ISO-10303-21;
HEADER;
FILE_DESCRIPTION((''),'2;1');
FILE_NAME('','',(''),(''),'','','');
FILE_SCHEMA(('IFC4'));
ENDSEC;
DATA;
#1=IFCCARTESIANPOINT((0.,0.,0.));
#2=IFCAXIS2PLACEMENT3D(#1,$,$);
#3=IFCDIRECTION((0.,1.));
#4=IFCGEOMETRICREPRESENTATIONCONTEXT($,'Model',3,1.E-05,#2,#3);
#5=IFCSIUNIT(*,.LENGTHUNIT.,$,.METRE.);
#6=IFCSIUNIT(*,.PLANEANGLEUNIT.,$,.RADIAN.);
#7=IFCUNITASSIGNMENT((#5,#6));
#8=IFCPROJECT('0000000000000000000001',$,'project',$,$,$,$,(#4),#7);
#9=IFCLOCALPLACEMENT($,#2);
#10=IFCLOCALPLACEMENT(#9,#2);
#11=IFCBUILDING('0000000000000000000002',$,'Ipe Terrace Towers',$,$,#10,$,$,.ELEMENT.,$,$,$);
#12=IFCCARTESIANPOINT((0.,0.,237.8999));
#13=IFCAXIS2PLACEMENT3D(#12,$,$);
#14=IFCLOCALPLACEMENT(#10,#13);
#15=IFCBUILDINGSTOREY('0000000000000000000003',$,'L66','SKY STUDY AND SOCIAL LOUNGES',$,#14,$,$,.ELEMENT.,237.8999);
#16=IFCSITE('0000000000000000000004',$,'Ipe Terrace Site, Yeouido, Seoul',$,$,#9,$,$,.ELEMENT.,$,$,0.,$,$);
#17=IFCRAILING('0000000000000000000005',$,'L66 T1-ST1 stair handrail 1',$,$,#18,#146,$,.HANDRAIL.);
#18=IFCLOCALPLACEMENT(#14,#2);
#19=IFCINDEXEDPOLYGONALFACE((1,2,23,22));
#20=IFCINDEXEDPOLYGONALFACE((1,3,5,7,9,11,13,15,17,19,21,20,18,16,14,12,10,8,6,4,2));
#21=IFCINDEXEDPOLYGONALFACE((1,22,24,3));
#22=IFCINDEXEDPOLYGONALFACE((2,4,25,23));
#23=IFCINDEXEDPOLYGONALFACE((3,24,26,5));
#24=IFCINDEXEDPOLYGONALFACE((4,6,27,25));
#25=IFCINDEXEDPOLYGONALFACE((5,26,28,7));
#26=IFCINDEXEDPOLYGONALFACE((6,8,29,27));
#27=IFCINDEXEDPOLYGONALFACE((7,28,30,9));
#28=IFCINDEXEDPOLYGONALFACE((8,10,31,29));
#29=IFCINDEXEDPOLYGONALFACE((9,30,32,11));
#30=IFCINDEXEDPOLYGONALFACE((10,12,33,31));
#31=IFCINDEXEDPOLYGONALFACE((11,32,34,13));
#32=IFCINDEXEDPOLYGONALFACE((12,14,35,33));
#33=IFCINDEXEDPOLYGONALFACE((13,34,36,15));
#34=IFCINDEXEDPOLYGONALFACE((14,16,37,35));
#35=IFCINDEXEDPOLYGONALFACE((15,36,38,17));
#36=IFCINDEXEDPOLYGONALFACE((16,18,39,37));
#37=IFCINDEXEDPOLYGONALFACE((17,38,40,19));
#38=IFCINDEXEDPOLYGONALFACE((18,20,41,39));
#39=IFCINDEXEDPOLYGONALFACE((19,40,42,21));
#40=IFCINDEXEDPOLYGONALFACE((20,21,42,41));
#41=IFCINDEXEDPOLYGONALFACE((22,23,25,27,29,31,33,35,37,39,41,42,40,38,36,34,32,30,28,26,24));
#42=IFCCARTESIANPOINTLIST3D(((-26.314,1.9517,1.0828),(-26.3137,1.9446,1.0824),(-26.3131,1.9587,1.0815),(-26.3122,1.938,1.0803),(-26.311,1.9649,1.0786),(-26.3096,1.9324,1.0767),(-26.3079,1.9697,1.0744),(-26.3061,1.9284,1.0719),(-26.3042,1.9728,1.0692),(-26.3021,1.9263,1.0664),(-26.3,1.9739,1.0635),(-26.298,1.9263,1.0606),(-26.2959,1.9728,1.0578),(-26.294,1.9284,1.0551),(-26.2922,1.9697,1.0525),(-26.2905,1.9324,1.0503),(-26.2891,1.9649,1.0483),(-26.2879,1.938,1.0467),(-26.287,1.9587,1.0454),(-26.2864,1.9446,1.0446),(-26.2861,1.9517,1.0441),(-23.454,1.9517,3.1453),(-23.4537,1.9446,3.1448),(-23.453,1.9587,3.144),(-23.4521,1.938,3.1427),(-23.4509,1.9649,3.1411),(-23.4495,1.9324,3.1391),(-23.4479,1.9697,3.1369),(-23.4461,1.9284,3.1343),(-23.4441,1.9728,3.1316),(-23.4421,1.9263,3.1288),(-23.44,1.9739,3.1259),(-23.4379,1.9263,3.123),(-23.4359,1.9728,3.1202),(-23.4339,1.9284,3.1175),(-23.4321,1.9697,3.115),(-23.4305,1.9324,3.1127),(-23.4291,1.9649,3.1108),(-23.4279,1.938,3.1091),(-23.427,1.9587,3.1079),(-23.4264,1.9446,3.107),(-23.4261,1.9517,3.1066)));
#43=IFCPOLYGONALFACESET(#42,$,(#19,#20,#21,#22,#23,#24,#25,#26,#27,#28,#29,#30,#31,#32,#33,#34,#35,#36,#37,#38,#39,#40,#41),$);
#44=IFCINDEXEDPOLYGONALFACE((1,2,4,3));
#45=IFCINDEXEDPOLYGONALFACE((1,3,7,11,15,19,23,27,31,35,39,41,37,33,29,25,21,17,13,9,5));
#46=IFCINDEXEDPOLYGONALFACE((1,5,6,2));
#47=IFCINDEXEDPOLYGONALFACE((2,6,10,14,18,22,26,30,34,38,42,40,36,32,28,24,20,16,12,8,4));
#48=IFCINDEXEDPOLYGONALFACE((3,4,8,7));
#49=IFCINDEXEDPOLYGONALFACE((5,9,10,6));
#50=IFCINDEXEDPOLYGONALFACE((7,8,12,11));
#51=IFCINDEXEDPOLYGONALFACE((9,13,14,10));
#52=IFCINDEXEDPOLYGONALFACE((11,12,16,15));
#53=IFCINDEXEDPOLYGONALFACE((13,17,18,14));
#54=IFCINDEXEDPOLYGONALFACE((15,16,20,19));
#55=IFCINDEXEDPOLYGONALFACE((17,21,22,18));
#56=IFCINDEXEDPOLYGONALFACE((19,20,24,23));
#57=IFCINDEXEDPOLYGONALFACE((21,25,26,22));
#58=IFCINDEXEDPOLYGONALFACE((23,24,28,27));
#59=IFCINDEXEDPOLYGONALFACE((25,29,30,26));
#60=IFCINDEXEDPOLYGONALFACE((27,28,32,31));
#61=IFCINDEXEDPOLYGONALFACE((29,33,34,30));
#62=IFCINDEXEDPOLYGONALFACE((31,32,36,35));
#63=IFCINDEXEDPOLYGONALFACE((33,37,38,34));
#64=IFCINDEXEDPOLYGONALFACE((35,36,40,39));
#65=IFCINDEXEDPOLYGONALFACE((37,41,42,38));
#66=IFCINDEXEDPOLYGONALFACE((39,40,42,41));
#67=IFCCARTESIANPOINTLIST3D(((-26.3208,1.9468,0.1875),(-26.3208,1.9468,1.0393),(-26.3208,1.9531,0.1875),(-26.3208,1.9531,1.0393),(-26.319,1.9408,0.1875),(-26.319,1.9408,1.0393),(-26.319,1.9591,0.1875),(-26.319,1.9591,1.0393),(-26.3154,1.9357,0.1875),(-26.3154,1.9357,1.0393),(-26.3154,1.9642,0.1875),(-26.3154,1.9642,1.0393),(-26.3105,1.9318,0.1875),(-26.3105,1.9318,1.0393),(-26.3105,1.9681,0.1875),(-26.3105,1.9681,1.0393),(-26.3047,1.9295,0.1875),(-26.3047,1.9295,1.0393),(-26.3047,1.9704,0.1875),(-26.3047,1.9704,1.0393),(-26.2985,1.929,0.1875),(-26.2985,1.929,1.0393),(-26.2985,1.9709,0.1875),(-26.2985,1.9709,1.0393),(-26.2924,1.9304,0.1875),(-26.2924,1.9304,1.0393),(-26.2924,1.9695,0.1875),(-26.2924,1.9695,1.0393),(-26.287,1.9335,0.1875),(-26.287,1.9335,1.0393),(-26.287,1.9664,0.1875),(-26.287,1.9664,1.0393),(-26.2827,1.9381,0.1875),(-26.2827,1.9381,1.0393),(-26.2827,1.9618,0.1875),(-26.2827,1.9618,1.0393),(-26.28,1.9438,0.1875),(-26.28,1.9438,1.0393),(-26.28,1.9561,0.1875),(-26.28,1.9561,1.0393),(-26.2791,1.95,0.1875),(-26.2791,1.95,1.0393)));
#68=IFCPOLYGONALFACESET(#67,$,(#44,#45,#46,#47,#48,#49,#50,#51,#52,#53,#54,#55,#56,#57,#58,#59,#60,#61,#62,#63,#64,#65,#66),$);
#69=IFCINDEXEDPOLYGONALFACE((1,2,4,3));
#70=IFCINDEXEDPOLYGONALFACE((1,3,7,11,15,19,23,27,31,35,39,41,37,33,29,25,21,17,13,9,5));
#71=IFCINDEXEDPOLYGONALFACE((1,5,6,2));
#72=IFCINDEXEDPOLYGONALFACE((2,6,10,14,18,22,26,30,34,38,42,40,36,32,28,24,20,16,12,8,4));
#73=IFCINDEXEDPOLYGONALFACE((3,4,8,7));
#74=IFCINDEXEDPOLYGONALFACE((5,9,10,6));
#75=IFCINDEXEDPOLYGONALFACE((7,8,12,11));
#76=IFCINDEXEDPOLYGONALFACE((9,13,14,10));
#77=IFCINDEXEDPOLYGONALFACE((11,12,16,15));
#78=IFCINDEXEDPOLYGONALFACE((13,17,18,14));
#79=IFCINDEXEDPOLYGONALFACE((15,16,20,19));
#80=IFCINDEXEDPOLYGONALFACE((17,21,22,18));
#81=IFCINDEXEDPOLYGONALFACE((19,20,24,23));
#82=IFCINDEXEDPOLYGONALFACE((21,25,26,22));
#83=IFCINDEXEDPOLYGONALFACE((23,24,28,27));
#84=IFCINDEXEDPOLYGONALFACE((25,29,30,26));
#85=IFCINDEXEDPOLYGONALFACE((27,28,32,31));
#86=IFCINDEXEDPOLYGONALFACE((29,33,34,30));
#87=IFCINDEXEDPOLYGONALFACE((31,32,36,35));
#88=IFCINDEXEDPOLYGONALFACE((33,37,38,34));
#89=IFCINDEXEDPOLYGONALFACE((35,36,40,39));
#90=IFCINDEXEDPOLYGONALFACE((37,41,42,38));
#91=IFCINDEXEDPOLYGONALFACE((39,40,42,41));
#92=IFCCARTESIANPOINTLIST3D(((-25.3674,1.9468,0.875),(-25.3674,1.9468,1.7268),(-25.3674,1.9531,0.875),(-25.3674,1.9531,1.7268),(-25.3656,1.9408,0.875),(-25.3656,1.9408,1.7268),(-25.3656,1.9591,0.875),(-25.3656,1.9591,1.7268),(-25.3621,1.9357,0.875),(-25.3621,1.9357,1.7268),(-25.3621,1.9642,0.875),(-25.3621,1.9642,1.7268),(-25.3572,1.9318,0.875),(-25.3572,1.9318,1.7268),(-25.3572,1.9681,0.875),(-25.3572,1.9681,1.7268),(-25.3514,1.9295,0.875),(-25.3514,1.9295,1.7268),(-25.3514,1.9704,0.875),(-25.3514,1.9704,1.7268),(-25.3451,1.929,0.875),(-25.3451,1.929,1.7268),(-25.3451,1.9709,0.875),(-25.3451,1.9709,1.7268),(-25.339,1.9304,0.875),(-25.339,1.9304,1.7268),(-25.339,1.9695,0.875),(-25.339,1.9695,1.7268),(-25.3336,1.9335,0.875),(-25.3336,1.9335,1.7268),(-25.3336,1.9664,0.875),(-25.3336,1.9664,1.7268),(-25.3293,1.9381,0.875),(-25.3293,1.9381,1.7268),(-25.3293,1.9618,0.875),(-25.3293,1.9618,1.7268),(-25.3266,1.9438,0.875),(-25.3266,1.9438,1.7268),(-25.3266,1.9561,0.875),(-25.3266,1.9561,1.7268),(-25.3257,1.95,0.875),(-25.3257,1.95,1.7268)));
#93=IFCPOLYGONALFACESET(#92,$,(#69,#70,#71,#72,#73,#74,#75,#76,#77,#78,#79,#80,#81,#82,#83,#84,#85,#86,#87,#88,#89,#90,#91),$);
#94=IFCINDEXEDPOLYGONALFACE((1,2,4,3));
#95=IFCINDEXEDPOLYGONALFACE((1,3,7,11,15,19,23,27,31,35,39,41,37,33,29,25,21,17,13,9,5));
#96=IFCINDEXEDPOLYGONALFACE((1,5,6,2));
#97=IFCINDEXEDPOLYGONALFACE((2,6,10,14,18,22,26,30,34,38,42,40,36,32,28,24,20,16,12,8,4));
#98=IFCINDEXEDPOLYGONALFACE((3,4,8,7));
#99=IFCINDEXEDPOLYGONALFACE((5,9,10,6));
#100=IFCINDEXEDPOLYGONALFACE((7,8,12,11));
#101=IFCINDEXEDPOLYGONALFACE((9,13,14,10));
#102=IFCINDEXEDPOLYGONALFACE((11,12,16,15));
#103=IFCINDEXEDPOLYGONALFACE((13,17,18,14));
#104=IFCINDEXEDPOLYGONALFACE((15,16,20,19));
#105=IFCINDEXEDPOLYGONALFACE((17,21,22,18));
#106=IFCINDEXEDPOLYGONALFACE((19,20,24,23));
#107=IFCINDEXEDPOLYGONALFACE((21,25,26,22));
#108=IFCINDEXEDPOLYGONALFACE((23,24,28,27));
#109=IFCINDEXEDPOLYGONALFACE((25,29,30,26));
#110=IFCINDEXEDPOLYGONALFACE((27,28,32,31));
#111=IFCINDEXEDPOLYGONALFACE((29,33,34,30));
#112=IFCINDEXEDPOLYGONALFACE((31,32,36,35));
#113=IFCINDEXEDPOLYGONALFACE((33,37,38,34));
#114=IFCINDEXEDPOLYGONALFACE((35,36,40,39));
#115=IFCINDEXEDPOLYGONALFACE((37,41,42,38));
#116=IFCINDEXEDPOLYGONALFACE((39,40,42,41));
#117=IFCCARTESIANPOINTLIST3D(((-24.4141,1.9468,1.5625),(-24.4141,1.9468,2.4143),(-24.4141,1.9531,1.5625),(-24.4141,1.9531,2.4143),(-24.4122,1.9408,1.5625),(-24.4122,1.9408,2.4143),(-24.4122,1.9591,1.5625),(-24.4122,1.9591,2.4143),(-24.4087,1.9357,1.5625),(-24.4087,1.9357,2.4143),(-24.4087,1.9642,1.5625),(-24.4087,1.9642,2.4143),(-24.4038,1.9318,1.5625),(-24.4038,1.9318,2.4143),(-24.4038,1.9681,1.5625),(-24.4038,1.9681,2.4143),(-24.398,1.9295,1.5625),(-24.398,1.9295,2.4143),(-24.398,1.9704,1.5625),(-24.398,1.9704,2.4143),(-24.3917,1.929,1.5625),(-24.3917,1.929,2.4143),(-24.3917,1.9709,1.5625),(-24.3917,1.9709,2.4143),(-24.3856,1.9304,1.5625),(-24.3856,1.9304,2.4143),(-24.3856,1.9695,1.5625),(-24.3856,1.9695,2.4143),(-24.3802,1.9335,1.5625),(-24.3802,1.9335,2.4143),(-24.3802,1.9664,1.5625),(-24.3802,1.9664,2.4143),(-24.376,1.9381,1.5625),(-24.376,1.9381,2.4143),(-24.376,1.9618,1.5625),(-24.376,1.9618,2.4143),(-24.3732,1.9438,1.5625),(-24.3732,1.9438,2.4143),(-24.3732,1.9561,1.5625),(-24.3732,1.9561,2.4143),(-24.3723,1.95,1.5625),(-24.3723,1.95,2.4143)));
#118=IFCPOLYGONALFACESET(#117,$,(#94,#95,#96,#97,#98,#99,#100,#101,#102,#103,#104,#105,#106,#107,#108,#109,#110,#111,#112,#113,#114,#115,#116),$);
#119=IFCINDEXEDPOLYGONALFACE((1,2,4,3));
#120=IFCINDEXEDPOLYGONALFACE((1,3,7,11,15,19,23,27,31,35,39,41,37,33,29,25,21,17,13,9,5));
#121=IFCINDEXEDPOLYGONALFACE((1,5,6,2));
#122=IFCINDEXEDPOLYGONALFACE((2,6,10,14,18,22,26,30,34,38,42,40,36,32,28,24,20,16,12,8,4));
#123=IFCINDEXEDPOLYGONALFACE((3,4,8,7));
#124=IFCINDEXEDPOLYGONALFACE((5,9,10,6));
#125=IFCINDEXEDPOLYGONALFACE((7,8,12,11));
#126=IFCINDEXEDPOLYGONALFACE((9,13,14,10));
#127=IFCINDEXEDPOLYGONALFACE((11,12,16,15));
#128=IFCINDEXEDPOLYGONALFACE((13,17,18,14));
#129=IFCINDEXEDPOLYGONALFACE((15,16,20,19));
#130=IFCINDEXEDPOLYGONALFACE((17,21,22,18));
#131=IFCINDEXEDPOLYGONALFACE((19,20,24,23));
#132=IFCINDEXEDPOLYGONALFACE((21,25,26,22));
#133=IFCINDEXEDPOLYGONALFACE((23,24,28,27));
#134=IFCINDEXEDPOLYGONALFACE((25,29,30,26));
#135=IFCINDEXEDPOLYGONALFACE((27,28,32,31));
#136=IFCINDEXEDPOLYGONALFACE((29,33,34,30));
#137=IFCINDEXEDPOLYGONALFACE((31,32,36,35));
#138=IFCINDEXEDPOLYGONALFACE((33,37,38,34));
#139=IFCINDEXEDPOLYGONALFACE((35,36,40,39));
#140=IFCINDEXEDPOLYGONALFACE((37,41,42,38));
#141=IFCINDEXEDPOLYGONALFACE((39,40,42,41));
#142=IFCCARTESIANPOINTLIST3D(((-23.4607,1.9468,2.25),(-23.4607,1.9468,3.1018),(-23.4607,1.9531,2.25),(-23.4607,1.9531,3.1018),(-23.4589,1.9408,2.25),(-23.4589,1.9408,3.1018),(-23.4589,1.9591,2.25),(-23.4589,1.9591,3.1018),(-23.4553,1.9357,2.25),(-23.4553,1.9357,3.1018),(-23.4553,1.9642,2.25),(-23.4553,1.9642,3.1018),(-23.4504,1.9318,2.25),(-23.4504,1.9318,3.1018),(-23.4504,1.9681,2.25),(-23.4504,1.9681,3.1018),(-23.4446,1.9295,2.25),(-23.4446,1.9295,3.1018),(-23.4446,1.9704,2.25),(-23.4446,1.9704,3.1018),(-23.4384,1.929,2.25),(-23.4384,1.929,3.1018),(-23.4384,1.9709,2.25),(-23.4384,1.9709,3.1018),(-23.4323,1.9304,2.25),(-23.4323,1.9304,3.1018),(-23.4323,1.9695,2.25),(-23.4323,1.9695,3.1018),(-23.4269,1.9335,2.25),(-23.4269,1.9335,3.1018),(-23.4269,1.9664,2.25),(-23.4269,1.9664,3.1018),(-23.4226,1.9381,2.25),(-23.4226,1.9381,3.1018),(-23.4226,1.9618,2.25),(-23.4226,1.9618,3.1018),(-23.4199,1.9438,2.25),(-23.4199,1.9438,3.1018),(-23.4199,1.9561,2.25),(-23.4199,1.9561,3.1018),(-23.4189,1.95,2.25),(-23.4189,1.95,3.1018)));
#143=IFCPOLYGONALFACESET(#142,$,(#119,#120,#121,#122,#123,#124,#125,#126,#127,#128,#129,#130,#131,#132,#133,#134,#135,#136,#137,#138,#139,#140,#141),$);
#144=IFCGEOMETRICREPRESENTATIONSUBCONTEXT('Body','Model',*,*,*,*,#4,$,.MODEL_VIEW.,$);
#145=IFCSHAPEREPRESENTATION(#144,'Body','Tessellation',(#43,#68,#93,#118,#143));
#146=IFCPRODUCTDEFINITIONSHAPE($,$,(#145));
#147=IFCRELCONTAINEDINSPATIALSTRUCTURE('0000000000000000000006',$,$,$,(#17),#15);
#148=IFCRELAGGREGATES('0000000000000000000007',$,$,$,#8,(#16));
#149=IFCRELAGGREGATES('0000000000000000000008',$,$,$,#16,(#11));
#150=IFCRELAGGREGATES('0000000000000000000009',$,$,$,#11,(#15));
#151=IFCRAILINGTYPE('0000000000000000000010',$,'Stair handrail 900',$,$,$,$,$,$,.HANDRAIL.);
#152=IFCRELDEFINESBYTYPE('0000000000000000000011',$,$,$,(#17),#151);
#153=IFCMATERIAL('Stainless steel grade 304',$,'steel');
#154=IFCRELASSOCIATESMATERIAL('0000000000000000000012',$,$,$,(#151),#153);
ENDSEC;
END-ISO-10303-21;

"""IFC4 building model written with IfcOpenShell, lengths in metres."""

from ifc_helpers import new_model, si_unit, direction, frame, origin, origin_2d, place, context, subcontext, project, spatial, circle, extrude, material, type_object, element, save


model = new_model("IFC4")

# Units and contexts
model_context = context("Model", 3, precision=1e-05, world=origin(), true_north=direction((0.0, 1.0)))
body_context = subcontext(model_context, "Body", "Model", "MODEL_VIEW")
ifc_project = project(units=[si_unit("LENGTHUNIT", "METRE"), si_unit("PLANEANGLEUNIT", "RADIAN")], contexts=[model_context])

# Site, building, storey
site_placement = place(None, origin())
site = spatial("IfcSite", under=ifc_project, at=site_placement, Name="Ipe Terrace Site, Yeouido, Seoul", CompositionType="ELEMENT", RefElevation=0.0)
building_placement = place(site_placement, origin())
building = spatial("IfcBuilding", under=site, at=building_placement, Name="Ipe Terrace Towers", CompositionType="ELEMENT")
storey_placement = place(building_placement, frame((0.0, 0.0, 237.8999)))
storey = spatial("IfcBuildingStorey", under=building, at=storey_placement, Name="L66", Description="SKY STUDY AND SOCIAL LOUNGES", CompositionType="ELEMENT", Elevation=237.8999)

# Railing
ifc_material_1 = material(Name="Stainless steel grade 304", Category="steel")
railing_type_1 = type_object("IfcRailingType", Name="Stair handrail 900", PredefinedType="HANDRAIL", material=ifc_material_1)
railing_1_placement = place(storey_placement, frame((-26.3, 1.95, 0.1875)))
element("IfcRailing", 1, at=railing_1_placement, inside=storey, type_object=railing_type_1, Name="L66 T1-ST1 stair handrail 1", PredefinedType="HANDRAIL", context=body_context, shape_type="SweptSolid", body=[
    extrude(circle(Radius=0.0239, at=origin_2d()), frame((0.0, 0.0, 0.876), z_axis=(0.811101, 0.0, 0.584906), x_axis=(0.0, 1.0, 0.0)), (0.0, 0.0, 1.0), 3.5261),
    extrude(circle(Radius=0.021, at=origin_2d()), origin(), (0.0, 0.0, 1.0), 0.8518),
    extrude(circle(Radius=0.021, at=origin_2d()), frame((0.9534, 0.0, 0.6875)), (0.0, 0.0, 1.0), 0.8518),
    extrude(circle(Radius=0.021, at=origin_2d()), frame((1.9067, 0.0, 1.375)), (0.0, 0.0, 1.0), 0.8518),
    extrude(circle(Radius=0.021, at=origin_2d()), frame((2.8601, 0.0, 2.0625)), (0.0, 0.0, 1.0), 0.8518),
])

save(model, "model.ifc")
